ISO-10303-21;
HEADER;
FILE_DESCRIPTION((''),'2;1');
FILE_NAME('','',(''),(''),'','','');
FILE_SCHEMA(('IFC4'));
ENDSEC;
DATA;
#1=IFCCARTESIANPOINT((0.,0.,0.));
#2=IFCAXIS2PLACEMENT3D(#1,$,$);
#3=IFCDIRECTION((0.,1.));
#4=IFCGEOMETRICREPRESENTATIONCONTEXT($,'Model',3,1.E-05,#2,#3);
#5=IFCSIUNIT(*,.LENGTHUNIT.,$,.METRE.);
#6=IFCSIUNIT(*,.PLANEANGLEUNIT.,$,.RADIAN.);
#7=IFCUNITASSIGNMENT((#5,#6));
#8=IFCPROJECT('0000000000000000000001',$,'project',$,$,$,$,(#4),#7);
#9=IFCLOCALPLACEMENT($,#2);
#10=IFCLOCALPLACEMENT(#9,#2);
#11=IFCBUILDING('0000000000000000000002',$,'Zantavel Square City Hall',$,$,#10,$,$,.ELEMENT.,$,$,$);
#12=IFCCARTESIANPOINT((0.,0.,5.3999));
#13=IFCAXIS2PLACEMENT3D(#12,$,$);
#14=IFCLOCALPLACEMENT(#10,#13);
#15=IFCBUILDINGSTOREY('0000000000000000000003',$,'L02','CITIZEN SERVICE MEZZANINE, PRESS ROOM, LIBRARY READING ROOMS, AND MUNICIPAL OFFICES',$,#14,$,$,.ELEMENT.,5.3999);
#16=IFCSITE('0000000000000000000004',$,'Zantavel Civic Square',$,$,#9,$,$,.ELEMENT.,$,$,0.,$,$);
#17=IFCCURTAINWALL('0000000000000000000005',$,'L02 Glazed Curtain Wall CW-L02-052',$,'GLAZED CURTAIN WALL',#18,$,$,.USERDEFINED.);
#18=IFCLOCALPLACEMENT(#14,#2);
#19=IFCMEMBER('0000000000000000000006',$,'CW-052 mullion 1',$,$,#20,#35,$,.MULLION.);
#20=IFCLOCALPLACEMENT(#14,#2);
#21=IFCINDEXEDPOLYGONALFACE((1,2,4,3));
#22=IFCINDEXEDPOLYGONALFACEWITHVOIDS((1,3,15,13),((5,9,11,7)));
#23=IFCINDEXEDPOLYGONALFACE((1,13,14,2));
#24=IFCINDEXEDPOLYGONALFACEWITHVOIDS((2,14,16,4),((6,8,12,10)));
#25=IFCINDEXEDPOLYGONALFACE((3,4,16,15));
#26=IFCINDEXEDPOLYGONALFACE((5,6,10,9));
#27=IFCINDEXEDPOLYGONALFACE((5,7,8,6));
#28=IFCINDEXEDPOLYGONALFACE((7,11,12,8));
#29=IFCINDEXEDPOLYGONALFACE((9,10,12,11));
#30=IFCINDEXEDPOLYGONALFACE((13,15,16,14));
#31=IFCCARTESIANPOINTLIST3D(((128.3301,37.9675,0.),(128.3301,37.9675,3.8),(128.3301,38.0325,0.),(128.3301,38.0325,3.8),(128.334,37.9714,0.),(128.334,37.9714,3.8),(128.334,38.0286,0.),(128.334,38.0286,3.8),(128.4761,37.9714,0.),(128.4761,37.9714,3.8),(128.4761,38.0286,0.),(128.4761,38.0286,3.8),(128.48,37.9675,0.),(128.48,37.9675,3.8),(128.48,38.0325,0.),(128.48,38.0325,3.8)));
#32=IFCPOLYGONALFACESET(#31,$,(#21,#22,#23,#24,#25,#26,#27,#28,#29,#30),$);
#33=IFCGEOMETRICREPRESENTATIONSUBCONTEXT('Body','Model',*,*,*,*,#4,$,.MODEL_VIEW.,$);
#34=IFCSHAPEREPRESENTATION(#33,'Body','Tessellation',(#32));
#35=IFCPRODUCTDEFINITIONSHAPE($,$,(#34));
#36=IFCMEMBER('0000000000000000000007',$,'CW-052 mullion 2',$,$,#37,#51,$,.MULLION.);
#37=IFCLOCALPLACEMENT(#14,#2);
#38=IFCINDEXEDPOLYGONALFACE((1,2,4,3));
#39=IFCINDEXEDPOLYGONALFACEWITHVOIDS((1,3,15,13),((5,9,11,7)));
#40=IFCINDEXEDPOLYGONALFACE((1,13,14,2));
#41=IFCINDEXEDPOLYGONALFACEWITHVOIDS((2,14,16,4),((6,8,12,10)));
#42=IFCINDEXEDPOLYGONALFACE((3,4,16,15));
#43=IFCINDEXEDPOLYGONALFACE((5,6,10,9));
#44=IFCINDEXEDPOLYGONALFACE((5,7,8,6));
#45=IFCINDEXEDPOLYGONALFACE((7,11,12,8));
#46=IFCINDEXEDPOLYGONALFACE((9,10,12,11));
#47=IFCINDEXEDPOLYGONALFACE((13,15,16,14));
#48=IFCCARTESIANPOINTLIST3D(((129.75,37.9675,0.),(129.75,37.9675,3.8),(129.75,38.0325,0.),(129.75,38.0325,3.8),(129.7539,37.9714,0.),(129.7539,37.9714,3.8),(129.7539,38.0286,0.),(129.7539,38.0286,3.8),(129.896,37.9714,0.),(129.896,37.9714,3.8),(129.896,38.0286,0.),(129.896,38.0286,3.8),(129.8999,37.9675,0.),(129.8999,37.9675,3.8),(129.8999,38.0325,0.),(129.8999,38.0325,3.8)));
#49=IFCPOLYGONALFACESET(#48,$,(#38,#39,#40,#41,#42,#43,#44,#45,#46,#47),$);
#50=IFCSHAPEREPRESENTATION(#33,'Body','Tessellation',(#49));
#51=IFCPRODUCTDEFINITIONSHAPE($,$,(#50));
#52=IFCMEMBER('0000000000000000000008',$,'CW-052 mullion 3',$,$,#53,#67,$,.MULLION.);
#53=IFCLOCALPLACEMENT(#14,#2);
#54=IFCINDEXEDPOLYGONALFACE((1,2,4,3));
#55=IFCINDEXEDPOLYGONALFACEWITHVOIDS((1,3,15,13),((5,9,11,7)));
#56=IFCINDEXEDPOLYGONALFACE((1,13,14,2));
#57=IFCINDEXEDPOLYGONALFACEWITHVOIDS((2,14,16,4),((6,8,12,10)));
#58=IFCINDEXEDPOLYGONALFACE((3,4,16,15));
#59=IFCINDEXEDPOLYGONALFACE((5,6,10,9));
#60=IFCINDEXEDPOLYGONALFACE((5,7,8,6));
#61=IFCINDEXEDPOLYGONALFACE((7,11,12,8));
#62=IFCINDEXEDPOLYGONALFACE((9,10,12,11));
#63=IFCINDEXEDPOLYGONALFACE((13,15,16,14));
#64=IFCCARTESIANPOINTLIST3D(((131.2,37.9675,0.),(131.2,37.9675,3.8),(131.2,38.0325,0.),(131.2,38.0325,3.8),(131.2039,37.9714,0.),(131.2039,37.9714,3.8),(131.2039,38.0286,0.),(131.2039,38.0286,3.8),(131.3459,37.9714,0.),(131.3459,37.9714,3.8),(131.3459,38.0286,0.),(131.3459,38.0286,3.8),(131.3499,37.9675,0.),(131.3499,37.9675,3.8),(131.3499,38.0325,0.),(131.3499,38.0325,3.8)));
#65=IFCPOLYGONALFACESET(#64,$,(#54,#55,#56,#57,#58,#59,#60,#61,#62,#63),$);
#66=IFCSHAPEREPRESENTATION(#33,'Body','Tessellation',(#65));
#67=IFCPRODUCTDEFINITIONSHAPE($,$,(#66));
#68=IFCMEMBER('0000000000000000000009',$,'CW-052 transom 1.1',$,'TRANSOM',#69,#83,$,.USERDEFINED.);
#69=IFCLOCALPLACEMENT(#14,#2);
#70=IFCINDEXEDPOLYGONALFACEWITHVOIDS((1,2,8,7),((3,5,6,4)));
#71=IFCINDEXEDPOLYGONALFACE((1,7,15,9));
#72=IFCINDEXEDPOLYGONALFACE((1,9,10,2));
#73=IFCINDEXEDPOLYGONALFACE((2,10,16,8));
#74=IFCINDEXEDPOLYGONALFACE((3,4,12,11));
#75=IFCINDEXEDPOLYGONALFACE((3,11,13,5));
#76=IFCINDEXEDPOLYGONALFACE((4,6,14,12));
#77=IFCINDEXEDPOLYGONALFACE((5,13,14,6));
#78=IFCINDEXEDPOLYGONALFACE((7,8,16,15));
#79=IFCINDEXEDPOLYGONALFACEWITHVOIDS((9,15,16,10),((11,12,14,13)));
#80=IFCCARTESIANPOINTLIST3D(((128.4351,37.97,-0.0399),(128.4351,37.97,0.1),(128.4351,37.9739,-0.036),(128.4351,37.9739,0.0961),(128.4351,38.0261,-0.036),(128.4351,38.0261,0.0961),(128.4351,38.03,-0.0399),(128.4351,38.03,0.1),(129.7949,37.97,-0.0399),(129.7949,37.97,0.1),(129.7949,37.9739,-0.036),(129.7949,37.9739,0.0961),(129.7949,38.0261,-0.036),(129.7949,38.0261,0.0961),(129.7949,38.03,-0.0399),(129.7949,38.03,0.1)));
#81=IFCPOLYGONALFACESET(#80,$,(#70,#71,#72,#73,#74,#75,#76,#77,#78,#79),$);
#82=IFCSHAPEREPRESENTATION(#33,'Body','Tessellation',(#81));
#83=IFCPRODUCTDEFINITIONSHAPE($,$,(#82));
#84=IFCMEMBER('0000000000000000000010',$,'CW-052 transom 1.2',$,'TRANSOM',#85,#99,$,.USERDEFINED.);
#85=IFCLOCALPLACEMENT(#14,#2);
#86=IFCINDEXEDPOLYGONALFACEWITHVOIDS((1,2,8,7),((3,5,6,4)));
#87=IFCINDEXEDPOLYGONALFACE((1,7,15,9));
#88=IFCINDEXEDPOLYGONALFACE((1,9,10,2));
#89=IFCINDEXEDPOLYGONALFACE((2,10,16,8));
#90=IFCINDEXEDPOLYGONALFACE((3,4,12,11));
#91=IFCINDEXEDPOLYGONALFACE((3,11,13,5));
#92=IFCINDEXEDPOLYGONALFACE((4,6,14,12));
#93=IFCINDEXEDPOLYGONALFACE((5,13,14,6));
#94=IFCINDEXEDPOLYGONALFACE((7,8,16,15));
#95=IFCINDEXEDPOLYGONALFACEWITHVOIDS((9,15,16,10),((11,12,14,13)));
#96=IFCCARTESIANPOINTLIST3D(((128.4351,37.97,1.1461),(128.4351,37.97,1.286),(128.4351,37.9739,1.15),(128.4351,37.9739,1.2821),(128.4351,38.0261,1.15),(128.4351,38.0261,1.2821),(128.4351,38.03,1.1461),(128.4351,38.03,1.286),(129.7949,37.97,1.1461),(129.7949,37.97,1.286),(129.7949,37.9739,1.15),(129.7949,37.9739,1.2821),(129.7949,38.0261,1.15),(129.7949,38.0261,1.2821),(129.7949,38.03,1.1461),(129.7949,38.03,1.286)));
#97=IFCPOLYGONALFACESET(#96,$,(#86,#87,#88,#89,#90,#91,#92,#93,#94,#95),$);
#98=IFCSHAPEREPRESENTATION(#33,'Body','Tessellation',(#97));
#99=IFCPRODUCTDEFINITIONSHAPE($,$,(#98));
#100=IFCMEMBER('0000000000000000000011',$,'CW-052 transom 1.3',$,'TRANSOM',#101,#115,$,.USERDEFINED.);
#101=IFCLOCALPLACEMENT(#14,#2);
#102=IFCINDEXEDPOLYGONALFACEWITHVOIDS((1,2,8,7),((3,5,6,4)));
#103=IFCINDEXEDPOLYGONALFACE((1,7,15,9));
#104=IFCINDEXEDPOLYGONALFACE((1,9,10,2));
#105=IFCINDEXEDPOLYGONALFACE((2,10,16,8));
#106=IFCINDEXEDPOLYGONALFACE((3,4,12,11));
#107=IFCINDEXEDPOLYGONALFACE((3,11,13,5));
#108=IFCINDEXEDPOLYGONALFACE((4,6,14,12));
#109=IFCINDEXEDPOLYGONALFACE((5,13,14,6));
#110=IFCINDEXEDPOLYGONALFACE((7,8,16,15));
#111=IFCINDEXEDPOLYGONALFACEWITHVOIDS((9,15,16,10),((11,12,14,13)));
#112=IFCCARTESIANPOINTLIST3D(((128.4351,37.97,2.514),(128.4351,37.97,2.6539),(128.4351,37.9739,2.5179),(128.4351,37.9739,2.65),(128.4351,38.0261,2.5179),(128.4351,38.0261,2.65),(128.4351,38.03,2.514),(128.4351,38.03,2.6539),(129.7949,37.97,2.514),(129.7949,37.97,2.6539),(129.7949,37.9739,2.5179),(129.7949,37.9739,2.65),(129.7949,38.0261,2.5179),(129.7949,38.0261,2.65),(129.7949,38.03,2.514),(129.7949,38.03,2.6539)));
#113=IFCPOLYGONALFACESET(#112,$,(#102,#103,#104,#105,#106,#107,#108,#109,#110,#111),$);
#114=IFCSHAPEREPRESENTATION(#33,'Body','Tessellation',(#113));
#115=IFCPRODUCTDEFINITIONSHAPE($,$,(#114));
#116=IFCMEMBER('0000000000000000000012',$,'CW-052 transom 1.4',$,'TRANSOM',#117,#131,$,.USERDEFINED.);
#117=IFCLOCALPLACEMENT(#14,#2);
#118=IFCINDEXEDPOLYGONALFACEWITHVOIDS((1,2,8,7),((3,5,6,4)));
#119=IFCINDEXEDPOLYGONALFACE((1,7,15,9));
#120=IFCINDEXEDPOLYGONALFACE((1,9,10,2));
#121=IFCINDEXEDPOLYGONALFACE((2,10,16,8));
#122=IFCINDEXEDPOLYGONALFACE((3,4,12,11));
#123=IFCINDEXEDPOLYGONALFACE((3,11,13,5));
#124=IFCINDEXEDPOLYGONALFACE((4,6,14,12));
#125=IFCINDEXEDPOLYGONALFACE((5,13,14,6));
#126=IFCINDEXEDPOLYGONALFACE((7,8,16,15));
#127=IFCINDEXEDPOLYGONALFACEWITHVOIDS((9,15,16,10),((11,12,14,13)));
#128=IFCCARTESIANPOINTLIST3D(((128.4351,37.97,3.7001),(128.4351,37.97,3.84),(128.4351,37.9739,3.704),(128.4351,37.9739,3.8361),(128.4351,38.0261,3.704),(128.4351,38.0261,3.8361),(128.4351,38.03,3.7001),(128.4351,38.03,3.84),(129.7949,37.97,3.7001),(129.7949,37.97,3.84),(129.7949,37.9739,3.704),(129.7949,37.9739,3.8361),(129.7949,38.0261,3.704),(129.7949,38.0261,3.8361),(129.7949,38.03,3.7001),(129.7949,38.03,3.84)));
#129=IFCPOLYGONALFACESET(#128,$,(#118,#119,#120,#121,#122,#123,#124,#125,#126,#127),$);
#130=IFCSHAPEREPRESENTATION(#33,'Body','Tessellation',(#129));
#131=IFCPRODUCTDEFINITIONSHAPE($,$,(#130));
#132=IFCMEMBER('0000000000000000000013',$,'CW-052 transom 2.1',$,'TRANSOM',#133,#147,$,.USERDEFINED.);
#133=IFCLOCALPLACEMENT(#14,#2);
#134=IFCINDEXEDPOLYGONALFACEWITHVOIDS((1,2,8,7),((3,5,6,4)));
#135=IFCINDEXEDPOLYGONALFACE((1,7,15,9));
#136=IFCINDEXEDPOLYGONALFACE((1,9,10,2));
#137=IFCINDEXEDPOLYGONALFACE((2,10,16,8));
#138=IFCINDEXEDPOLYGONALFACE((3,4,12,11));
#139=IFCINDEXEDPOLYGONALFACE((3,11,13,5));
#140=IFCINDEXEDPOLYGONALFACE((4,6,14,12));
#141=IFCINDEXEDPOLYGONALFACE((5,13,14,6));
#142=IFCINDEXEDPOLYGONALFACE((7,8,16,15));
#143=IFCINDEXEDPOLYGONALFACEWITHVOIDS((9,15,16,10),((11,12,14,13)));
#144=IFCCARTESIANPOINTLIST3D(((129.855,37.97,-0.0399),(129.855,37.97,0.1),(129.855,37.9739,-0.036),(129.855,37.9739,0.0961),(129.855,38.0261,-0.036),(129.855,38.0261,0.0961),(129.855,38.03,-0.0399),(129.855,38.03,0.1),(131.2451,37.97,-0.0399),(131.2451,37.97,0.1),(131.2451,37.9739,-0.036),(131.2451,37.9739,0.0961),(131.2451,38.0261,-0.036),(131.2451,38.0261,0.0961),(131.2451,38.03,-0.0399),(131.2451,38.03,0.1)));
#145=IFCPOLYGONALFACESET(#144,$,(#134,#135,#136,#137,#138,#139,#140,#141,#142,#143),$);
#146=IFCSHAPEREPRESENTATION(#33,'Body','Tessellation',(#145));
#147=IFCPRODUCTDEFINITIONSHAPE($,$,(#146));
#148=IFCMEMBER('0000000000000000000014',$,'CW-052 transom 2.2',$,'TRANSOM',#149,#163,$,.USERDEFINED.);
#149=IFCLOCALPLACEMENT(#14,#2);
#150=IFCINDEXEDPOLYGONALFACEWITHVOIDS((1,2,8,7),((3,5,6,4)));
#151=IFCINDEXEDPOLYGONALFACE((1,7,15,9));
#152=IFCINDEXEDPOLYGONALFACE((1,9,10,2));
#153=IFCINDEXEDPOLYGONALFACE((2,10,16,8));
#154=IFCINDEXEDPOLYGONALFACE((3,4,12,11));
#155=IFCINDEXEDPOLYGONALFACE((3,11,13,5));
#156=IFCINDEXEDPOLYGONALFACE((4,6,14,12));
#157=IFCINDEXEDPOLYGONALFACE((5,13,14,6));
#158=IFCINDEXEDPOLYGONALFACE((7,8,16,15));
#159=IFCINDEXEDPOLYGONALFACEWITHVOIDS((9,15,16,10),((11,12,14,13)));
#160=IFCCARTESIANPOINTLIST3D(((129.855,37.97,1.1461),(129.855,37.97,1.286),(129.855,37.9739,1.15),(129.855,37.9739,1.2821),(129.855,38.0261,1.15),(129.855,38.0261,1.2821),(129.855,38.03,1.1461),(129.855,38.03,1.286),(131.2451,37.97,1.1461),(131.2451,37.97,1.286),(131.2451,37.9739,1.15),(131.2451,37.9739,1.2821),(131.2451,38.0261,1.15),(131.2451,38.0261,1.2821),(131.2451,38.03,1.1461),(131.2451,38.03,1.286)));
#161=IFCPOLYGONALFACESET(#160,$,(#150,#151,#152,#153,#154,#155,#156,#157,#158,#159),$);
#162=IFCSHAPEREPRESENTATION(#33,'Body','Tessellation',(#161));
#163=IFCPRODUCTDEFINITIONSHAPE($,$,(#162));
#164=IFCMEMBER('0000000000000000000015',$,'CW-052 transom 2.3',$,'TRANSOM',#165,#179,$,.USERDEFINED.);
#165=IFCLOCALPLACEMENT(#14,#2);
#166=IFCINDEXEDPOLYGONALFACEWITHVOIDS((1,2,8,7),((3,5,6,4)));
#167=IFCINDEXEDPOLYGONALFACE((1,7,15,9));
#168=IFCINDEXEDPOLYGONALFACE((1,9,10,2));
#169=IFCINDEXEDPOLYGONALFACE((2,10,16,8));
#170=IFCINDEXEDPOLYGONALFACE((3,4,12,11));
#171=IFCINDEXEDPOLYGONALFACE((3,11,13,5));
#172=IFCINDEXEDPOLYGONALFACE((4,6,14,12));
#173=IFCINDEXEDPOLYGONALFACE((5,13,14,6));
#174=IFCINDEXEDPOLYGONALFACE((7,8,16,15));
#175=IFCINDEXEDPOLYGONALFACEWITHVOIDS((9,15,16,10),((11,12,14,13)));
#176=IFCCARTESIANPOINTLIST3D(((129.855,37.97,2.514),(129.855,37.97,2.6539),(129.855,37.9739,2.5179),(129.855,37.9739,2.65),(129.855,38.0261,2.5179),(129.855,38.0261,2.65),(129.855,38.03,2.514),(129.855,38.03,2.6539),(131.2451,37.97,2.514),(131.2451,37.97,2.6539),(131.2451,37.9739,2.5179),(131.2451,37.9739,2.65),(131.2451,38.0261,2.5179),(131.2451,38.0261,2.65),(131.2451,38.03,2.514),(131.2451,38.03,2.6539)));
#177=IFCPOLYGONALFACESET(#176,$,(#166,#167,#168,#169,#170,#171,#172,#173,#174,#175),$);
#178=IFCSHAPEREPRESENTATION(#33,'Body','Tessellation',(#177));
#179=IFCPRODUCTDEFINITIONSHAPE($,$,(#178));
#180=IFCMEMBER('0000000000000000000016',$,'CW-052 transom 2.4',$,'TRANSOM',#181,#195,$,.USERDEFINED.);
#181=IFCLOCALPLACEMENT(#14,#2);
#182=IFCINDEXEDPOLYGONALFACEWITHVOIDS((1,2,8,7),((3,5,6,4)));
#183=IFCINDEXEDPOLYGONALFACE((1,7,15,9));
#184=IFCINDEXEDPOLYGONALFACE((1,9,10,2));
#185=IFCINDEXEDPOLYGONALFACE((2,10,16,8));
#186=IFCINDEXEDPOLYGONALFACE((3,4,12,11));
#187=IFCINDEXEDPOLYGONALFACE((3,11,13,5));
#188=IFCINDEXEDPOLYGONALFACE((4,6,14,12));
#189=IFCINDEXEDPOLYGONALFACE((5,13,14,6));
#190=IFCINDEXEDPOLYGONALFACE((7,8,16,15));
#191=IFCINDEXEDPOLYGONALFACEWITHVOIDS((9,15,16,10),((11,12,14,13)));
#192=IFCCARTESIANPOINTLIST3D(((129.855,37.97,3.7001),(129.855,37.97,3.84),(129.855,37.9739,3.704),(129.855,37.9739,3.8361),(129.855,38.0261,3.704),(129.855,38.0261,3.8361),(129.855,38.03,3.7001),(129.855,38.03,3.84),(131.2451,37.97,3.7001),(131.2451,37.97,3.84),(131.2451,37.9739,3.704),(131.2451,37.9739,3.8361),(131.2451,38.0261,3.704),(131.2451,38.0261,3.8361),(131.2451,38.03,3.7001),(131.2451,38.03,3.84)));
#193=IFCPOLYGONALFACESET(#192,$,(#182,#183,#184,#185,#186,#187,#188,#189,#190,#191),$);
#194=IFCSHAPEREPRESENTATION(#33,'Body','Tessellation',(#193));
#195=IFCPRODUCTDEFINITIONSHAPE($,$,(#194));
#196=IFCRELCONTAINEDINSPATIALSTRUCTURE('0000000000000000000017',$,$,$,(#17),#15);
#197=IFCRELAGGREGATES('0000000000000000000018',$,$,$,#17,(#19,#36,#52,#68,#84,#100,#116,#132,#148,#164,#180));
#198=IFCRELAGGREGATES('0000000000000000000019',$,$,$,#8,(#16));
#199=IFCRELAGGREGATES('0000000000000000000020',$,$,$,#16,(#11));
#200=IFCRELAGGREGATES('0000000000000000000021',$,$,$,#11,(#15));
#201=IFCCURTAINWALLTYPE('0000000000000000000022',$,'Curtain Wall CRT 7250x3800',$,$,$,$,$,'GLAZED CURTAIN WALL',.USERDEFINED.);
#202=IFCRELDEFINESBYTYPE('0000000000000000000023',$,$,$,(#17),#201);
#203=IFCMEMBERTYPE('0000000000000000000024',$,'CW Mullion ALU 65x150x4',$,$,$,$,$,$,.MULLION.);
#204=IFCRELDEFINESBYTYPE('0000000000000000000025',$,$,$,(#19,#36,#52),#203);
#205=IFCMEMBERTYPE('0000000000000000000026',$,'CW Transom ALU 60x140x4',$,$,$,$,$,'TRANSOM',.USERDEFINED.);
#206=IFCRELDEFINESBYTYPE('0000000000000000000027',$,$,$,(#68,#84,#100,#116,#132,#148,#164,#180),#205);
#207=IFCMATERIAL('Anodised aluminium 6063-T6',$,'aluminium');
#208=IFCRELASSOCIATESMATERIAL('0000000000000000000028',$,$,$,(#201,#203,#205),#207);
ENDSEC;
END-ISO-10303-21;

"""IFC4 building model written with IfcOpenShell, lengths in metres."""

from ifc_helpers import new_model, si_unit, direction, frame, origin, origin_2d, place, context, subcontext, project, spatial, hollow_rectangle, extrude, material, material_profile, profile_set, type_object, element, aggregate, save


model = new_model("IFC4")

# Units and contexts
model_context = context("Model", 3, precision=1e-05, world=origin(), true_north=direction((0.0, 1.0)))
body_context = subcontext(model_context, "Body", "Model", "MODEL_VIEW")
ifc_project = project(units=[si_unit("LENGTHUNIT", "METRE"), si_unit("PLANEANGLEUNIT", "RADIAN")], contexts=[model_context])

# Site, building, storey
site_placement = place(None, origin())
site = spatial("IfcSite", under=ifc_project, at=site_placement, Name="Zantavel Civic Square", CompositionType="ELEMENT", RefElevation=0.0)
building_placement = place(site_placement, origin())
building = spatial("IfcBuilding", under=site, at=building_placement, Name="Zantavel Square City Hall", CompositionType="ELEMENT")
storey_placement = place(building_placement, frame((0.0, 0.0, 5.3999)))
storey = spatial("IfcBuildingStorey", under=building, at=storey_placement, Name="L02", Description="CITIZEN SERVICE MEZZANINE, PRESS ROOM, LIBRARY READING ROOMS, AND MUNICIPAL OFFICES", CompositionType="ELEMENT", Elevation=5.3999)

# Curtain wall, members
ifc_material_1 = material(Name="Anodised aluminium 6063-T6", Category="aluminium")
curtain_wall_type = type_object("IfcCurtainWallType", Name="Curtain Wall CRT 7250x3800", ElementType="GLAZED CURTAIN WALL", PredefinedType="USERDEFINED", material=ifc_material_1)
curtain_wall_placement = place(storey_placement, origin())
curtain_wall = element("IfcCurtainWall", 1, at=curtain_wall_placement, inside=storey, type_object=curtain_wall_type, Name="L02 Glazed Curtain Wall CW-L02-052", ObjectType="GLAZED CURTAIN WALL", PredefinedType="USERDEFINED")
ifc_material_profile_1 = material_profile(ifc_material_1, hollow_rectangle(XDim=0.0649, YDim=0.1499, WallThickness=0.0039, at=origin_2d()), Name="ALU 65x150x4")
ifc_profile_set_1 = profile_set([ifc_material_profile_1], Name="Anodised aluminium 6063-T6")
member_type_1 = type_object("IfcMemberType", Name="CW Mullion ALU 65x150x4", PredefinedType="MULLION", material=ifc_profile_set_1)
member_1_placement = place(storey_placement, frame((128.405, 38.0, 0.0), z_axis=(0.0, 0.0, 1.0), x_axis=(0.0, 1.0, 0.0)))
member_1 = element("IfcMember", 2, at=member_1_placement, type_object=member_type_1, Name="CW-052 mullion 1", PredefinedType="MULLION", context=body_context, shape_type="SweptSolid", body=[
    extrude(hollow_rectangle(XDim=0.0649, YDim=0.1499, WallThickness=0.0039, at=origin_2d()), origin(), (0.0, 0.0, 1.0), 3.8),
])
member_2_placement = place(storey_placement, frame((129.825, 38.0, 0.0), z_axis=(0.0, 0.0, 1.0), x_axis=(0.0, 1.0, 0.0)))
member_2 = element("IfcMember", 3, at=member_2_placement, type_object=member_type_1, Name="CW-052 mullion 2", PredefinedType="MULLION", context=body_context, shape_type="SweptSolid", body=[
    extrude(hollow_rectangle(XDim=0.0649, YDim=0.1499, WallThickness=0.0039, at=origin_2d()), origin(), (0.0, 0.0, 1.0), 3.8),
])
member_3_placement = place(storey_placement, frame((131.2749, 38.0, 0.0), z_axis=(0.0, 0.0, 1.0), x_axis=(0.0, 1.0, 0.0)))
member_3 = element("IfcMember", 4, at=member_3_placement, type_object=member_type_1, Name="CW-052 mullion 3", PredefinedType="MULLION", context=body_context, shape_type="SweptSolid", body=[
    extrude(hollow_rectangle(XDim=0.0649, YDim=0.1499, WallThickness=0.0039, at=origin_2d()), origin(), (0.0, 0.0, 1.0), 3.8),
])
ifc_material_profile_2 = material_profile(ifc_material_1, hollow_rectangle(XDim=0.0601, YDim=0.1399, WallThickness=0.0039, at=origin_2d()), Name="ALU 60x140x4")
ifc_profile_set_2 = profile_set([ifc_material_profile_2], Name="Anodised aluminium 6063-T6")
member_type_2 = type_object("IfcMemberType", Name="CW Transom ALU 60x140x4", ElementType="TRANSOM", PredefinedType="USERDEFINED", material=ifc_profile_set_2)
member_4_placement = place(storey_placement, frame((128.4351, 38.0, 0.03), z_axis=(1.0, 0.0, 0.0), x_axis=(0.0, 1.0, 0.0)))
member_4 = element("IfcMember", 5, at=member_4_placement, type_object=member_type_2, Name="CW-052 transom 1.1", ObjectType="TRANSOM", PredefinedType="USERDEFINED", context=body_context, shape_type="SweptSolid", body=[
    extrude(hollow_rectangle(XDim=0.0601, YDim=0.1399, WallThickness=0.0039, at=origin_2d()), origin(), (0.0, 0.0, 1.0), 1.3599),
])
member_5_placement = place(storey_placement, frame((128.4351, 38.0, 1.2161), z_axis=(1.0, 0.0, 0.0), x_axis=(0.0, 1.0, 0.0)))
member_5 = element("IfcMember", 6, at=member_5_placement, type_object=member_type_2, Name="CW-052 transom 1.2", ObjectType="TRANSOM", PredefinedType="USERDEFINED", context=body_context, shape_type="SweptSolid", body=[
    extrude(hollow_rectangle(XDim=0.0601, YDim=0.1399, WallThickness=0.0039, at=origin_2d()), origin(), (0.0, 0.0, 1.0), 1.3599),
])
member_6_placement = place(storey_placement, frame((128.4351, 38.0, 2.584), z_axis=(1.0, 0.0, 0.0), x_axis=(0.0, 1.0, 0.0)))
member_6 = element("IfcMember", 7, at=member_6_placement, type_object=member_type_2, Name="CW-052 transom 1.3", ObjectType="TRANSOM", PredefinedType="USERDEFINED", context=body_context, shape_type="SweptSolid", body=[
    extrude(hollow_rectangle(XDim=0.0601, YDim=0.1399, WallThickness=0.0039, at=origin_2d()), origin(), (0.0, 0.0, 1.0), 1.3599),
])
member_7_placement = place(storey_placement, frame((128.4351, 38.0, 3.77), z_axis=(1.0, 0.0, 0.0), x_axis=(0.0, 1.0, 0.0)))
member_7 = element("IfcMember", 8, at=member_7_placement, type_object=member_type_2, Name="CW-052 transom 1.4", ObjectType="TRANSOM", PredefinedType="USERDEFINED", context=body_context, shape_type="SweptSolid", body=[
    extrude(hollow_rectangle(XDim=0.0601, YDim=0.1399, WallThickness=0.0039, at=origin_2d()), origin(), (0.0, 0.0, 1.0), 1.3599),
])
member_8_placement = place(storey_placement, frame((129.855, 38.0, 0.03), z_axis=(1.0, 0.0, 0.0), x_axis=(0.0, 1.0, 0.0)))
member_8 = element("IfcMember", 9, at=member_8_placement, type_object=member_type_2, Name="CW-052 transom 2.1", ObjectType="TRANSOM", PredefinedType="USERDEFINED", context=body_context, shape_type="SweptSolid", body=[
    extrude(hollow_rectangle(XDim=0.0601, YDim=0.1399, WallThickness=0.0039, at=origin_2d()), origin(), (0.0, 0.0, 1.0), 1.3901),
])
member_9_placement = place(storey_placement, frame((129.855, 38.0, 1.2161), z_axis=(1.0, 0.0, 0.0), x_axis=(0.0, 1.0, 0.0)))
member_9 = element("IfcMember", 10, at=member_9_placement, type_object=member_type_2, Name="CW-052 transom 2.2", ObjectType="TRANSOM", PredefinedType="USERDEFINED", context=body_context, shape_type="SweptSolid", body=[
    extrude(hollow_rectangle(XDim=0.0601, YDim=0.1399, WallThickness=0.0039, at=origin_2d()), origin(), (0.0, 0.0, 1.0), 1.3901),
])
member_10_placement = place(storey_placement, frame((129.855, 38.0, 2.584), z_axis=(1.0, 0.0, 0.0), x_axis=(0.0, 1.0, 0.0)))
member_10 = element("IfcMember", 11, at=member_10_placement, type_object=member_type_2, Name="CW-052 transom 2.3", ObjectType="TRANSOM", PredefinedType="USERDEFINED", context=body_context, shape_type="SweptSolid", body=[
    extrude(hollow_rectangle(XDim=0.0601, YDim=0.1399, WallThickness=0.0039, at=origin_2d()), origin(), (0.0, 0.0, 1.0), 1.3901),
])
member_11_placement = place(storey_placement, frame((129.855, 38.0, 3.77), z_axis=(1.0, 0.0, 0.0), x_axis=(0.0, 1.0, 0.0)))
member_11 = element("IfcMember", 12, at=member_11_placement, type_object=member_type_2, Name="CW-052 transom 2.4", ObjectType="TRANSOM", PredefinedType="USERDEFINED", context=body_context, shape_type="SweptSolid", body=[
    extrude(hollow_rectangle(XDim=0.0601, YDim=0.1399, WallThickness=0.0039, at=origin_2d()), origin(), (0.0, 0.0, 1.0), 1.3901),
])

aggregate(curtain_wall, [member_1, member_2, member_3, member_4, member_5, member_6, member_7, member_8, member_9, member_10, member_11])

save(model, "model.ifc")
